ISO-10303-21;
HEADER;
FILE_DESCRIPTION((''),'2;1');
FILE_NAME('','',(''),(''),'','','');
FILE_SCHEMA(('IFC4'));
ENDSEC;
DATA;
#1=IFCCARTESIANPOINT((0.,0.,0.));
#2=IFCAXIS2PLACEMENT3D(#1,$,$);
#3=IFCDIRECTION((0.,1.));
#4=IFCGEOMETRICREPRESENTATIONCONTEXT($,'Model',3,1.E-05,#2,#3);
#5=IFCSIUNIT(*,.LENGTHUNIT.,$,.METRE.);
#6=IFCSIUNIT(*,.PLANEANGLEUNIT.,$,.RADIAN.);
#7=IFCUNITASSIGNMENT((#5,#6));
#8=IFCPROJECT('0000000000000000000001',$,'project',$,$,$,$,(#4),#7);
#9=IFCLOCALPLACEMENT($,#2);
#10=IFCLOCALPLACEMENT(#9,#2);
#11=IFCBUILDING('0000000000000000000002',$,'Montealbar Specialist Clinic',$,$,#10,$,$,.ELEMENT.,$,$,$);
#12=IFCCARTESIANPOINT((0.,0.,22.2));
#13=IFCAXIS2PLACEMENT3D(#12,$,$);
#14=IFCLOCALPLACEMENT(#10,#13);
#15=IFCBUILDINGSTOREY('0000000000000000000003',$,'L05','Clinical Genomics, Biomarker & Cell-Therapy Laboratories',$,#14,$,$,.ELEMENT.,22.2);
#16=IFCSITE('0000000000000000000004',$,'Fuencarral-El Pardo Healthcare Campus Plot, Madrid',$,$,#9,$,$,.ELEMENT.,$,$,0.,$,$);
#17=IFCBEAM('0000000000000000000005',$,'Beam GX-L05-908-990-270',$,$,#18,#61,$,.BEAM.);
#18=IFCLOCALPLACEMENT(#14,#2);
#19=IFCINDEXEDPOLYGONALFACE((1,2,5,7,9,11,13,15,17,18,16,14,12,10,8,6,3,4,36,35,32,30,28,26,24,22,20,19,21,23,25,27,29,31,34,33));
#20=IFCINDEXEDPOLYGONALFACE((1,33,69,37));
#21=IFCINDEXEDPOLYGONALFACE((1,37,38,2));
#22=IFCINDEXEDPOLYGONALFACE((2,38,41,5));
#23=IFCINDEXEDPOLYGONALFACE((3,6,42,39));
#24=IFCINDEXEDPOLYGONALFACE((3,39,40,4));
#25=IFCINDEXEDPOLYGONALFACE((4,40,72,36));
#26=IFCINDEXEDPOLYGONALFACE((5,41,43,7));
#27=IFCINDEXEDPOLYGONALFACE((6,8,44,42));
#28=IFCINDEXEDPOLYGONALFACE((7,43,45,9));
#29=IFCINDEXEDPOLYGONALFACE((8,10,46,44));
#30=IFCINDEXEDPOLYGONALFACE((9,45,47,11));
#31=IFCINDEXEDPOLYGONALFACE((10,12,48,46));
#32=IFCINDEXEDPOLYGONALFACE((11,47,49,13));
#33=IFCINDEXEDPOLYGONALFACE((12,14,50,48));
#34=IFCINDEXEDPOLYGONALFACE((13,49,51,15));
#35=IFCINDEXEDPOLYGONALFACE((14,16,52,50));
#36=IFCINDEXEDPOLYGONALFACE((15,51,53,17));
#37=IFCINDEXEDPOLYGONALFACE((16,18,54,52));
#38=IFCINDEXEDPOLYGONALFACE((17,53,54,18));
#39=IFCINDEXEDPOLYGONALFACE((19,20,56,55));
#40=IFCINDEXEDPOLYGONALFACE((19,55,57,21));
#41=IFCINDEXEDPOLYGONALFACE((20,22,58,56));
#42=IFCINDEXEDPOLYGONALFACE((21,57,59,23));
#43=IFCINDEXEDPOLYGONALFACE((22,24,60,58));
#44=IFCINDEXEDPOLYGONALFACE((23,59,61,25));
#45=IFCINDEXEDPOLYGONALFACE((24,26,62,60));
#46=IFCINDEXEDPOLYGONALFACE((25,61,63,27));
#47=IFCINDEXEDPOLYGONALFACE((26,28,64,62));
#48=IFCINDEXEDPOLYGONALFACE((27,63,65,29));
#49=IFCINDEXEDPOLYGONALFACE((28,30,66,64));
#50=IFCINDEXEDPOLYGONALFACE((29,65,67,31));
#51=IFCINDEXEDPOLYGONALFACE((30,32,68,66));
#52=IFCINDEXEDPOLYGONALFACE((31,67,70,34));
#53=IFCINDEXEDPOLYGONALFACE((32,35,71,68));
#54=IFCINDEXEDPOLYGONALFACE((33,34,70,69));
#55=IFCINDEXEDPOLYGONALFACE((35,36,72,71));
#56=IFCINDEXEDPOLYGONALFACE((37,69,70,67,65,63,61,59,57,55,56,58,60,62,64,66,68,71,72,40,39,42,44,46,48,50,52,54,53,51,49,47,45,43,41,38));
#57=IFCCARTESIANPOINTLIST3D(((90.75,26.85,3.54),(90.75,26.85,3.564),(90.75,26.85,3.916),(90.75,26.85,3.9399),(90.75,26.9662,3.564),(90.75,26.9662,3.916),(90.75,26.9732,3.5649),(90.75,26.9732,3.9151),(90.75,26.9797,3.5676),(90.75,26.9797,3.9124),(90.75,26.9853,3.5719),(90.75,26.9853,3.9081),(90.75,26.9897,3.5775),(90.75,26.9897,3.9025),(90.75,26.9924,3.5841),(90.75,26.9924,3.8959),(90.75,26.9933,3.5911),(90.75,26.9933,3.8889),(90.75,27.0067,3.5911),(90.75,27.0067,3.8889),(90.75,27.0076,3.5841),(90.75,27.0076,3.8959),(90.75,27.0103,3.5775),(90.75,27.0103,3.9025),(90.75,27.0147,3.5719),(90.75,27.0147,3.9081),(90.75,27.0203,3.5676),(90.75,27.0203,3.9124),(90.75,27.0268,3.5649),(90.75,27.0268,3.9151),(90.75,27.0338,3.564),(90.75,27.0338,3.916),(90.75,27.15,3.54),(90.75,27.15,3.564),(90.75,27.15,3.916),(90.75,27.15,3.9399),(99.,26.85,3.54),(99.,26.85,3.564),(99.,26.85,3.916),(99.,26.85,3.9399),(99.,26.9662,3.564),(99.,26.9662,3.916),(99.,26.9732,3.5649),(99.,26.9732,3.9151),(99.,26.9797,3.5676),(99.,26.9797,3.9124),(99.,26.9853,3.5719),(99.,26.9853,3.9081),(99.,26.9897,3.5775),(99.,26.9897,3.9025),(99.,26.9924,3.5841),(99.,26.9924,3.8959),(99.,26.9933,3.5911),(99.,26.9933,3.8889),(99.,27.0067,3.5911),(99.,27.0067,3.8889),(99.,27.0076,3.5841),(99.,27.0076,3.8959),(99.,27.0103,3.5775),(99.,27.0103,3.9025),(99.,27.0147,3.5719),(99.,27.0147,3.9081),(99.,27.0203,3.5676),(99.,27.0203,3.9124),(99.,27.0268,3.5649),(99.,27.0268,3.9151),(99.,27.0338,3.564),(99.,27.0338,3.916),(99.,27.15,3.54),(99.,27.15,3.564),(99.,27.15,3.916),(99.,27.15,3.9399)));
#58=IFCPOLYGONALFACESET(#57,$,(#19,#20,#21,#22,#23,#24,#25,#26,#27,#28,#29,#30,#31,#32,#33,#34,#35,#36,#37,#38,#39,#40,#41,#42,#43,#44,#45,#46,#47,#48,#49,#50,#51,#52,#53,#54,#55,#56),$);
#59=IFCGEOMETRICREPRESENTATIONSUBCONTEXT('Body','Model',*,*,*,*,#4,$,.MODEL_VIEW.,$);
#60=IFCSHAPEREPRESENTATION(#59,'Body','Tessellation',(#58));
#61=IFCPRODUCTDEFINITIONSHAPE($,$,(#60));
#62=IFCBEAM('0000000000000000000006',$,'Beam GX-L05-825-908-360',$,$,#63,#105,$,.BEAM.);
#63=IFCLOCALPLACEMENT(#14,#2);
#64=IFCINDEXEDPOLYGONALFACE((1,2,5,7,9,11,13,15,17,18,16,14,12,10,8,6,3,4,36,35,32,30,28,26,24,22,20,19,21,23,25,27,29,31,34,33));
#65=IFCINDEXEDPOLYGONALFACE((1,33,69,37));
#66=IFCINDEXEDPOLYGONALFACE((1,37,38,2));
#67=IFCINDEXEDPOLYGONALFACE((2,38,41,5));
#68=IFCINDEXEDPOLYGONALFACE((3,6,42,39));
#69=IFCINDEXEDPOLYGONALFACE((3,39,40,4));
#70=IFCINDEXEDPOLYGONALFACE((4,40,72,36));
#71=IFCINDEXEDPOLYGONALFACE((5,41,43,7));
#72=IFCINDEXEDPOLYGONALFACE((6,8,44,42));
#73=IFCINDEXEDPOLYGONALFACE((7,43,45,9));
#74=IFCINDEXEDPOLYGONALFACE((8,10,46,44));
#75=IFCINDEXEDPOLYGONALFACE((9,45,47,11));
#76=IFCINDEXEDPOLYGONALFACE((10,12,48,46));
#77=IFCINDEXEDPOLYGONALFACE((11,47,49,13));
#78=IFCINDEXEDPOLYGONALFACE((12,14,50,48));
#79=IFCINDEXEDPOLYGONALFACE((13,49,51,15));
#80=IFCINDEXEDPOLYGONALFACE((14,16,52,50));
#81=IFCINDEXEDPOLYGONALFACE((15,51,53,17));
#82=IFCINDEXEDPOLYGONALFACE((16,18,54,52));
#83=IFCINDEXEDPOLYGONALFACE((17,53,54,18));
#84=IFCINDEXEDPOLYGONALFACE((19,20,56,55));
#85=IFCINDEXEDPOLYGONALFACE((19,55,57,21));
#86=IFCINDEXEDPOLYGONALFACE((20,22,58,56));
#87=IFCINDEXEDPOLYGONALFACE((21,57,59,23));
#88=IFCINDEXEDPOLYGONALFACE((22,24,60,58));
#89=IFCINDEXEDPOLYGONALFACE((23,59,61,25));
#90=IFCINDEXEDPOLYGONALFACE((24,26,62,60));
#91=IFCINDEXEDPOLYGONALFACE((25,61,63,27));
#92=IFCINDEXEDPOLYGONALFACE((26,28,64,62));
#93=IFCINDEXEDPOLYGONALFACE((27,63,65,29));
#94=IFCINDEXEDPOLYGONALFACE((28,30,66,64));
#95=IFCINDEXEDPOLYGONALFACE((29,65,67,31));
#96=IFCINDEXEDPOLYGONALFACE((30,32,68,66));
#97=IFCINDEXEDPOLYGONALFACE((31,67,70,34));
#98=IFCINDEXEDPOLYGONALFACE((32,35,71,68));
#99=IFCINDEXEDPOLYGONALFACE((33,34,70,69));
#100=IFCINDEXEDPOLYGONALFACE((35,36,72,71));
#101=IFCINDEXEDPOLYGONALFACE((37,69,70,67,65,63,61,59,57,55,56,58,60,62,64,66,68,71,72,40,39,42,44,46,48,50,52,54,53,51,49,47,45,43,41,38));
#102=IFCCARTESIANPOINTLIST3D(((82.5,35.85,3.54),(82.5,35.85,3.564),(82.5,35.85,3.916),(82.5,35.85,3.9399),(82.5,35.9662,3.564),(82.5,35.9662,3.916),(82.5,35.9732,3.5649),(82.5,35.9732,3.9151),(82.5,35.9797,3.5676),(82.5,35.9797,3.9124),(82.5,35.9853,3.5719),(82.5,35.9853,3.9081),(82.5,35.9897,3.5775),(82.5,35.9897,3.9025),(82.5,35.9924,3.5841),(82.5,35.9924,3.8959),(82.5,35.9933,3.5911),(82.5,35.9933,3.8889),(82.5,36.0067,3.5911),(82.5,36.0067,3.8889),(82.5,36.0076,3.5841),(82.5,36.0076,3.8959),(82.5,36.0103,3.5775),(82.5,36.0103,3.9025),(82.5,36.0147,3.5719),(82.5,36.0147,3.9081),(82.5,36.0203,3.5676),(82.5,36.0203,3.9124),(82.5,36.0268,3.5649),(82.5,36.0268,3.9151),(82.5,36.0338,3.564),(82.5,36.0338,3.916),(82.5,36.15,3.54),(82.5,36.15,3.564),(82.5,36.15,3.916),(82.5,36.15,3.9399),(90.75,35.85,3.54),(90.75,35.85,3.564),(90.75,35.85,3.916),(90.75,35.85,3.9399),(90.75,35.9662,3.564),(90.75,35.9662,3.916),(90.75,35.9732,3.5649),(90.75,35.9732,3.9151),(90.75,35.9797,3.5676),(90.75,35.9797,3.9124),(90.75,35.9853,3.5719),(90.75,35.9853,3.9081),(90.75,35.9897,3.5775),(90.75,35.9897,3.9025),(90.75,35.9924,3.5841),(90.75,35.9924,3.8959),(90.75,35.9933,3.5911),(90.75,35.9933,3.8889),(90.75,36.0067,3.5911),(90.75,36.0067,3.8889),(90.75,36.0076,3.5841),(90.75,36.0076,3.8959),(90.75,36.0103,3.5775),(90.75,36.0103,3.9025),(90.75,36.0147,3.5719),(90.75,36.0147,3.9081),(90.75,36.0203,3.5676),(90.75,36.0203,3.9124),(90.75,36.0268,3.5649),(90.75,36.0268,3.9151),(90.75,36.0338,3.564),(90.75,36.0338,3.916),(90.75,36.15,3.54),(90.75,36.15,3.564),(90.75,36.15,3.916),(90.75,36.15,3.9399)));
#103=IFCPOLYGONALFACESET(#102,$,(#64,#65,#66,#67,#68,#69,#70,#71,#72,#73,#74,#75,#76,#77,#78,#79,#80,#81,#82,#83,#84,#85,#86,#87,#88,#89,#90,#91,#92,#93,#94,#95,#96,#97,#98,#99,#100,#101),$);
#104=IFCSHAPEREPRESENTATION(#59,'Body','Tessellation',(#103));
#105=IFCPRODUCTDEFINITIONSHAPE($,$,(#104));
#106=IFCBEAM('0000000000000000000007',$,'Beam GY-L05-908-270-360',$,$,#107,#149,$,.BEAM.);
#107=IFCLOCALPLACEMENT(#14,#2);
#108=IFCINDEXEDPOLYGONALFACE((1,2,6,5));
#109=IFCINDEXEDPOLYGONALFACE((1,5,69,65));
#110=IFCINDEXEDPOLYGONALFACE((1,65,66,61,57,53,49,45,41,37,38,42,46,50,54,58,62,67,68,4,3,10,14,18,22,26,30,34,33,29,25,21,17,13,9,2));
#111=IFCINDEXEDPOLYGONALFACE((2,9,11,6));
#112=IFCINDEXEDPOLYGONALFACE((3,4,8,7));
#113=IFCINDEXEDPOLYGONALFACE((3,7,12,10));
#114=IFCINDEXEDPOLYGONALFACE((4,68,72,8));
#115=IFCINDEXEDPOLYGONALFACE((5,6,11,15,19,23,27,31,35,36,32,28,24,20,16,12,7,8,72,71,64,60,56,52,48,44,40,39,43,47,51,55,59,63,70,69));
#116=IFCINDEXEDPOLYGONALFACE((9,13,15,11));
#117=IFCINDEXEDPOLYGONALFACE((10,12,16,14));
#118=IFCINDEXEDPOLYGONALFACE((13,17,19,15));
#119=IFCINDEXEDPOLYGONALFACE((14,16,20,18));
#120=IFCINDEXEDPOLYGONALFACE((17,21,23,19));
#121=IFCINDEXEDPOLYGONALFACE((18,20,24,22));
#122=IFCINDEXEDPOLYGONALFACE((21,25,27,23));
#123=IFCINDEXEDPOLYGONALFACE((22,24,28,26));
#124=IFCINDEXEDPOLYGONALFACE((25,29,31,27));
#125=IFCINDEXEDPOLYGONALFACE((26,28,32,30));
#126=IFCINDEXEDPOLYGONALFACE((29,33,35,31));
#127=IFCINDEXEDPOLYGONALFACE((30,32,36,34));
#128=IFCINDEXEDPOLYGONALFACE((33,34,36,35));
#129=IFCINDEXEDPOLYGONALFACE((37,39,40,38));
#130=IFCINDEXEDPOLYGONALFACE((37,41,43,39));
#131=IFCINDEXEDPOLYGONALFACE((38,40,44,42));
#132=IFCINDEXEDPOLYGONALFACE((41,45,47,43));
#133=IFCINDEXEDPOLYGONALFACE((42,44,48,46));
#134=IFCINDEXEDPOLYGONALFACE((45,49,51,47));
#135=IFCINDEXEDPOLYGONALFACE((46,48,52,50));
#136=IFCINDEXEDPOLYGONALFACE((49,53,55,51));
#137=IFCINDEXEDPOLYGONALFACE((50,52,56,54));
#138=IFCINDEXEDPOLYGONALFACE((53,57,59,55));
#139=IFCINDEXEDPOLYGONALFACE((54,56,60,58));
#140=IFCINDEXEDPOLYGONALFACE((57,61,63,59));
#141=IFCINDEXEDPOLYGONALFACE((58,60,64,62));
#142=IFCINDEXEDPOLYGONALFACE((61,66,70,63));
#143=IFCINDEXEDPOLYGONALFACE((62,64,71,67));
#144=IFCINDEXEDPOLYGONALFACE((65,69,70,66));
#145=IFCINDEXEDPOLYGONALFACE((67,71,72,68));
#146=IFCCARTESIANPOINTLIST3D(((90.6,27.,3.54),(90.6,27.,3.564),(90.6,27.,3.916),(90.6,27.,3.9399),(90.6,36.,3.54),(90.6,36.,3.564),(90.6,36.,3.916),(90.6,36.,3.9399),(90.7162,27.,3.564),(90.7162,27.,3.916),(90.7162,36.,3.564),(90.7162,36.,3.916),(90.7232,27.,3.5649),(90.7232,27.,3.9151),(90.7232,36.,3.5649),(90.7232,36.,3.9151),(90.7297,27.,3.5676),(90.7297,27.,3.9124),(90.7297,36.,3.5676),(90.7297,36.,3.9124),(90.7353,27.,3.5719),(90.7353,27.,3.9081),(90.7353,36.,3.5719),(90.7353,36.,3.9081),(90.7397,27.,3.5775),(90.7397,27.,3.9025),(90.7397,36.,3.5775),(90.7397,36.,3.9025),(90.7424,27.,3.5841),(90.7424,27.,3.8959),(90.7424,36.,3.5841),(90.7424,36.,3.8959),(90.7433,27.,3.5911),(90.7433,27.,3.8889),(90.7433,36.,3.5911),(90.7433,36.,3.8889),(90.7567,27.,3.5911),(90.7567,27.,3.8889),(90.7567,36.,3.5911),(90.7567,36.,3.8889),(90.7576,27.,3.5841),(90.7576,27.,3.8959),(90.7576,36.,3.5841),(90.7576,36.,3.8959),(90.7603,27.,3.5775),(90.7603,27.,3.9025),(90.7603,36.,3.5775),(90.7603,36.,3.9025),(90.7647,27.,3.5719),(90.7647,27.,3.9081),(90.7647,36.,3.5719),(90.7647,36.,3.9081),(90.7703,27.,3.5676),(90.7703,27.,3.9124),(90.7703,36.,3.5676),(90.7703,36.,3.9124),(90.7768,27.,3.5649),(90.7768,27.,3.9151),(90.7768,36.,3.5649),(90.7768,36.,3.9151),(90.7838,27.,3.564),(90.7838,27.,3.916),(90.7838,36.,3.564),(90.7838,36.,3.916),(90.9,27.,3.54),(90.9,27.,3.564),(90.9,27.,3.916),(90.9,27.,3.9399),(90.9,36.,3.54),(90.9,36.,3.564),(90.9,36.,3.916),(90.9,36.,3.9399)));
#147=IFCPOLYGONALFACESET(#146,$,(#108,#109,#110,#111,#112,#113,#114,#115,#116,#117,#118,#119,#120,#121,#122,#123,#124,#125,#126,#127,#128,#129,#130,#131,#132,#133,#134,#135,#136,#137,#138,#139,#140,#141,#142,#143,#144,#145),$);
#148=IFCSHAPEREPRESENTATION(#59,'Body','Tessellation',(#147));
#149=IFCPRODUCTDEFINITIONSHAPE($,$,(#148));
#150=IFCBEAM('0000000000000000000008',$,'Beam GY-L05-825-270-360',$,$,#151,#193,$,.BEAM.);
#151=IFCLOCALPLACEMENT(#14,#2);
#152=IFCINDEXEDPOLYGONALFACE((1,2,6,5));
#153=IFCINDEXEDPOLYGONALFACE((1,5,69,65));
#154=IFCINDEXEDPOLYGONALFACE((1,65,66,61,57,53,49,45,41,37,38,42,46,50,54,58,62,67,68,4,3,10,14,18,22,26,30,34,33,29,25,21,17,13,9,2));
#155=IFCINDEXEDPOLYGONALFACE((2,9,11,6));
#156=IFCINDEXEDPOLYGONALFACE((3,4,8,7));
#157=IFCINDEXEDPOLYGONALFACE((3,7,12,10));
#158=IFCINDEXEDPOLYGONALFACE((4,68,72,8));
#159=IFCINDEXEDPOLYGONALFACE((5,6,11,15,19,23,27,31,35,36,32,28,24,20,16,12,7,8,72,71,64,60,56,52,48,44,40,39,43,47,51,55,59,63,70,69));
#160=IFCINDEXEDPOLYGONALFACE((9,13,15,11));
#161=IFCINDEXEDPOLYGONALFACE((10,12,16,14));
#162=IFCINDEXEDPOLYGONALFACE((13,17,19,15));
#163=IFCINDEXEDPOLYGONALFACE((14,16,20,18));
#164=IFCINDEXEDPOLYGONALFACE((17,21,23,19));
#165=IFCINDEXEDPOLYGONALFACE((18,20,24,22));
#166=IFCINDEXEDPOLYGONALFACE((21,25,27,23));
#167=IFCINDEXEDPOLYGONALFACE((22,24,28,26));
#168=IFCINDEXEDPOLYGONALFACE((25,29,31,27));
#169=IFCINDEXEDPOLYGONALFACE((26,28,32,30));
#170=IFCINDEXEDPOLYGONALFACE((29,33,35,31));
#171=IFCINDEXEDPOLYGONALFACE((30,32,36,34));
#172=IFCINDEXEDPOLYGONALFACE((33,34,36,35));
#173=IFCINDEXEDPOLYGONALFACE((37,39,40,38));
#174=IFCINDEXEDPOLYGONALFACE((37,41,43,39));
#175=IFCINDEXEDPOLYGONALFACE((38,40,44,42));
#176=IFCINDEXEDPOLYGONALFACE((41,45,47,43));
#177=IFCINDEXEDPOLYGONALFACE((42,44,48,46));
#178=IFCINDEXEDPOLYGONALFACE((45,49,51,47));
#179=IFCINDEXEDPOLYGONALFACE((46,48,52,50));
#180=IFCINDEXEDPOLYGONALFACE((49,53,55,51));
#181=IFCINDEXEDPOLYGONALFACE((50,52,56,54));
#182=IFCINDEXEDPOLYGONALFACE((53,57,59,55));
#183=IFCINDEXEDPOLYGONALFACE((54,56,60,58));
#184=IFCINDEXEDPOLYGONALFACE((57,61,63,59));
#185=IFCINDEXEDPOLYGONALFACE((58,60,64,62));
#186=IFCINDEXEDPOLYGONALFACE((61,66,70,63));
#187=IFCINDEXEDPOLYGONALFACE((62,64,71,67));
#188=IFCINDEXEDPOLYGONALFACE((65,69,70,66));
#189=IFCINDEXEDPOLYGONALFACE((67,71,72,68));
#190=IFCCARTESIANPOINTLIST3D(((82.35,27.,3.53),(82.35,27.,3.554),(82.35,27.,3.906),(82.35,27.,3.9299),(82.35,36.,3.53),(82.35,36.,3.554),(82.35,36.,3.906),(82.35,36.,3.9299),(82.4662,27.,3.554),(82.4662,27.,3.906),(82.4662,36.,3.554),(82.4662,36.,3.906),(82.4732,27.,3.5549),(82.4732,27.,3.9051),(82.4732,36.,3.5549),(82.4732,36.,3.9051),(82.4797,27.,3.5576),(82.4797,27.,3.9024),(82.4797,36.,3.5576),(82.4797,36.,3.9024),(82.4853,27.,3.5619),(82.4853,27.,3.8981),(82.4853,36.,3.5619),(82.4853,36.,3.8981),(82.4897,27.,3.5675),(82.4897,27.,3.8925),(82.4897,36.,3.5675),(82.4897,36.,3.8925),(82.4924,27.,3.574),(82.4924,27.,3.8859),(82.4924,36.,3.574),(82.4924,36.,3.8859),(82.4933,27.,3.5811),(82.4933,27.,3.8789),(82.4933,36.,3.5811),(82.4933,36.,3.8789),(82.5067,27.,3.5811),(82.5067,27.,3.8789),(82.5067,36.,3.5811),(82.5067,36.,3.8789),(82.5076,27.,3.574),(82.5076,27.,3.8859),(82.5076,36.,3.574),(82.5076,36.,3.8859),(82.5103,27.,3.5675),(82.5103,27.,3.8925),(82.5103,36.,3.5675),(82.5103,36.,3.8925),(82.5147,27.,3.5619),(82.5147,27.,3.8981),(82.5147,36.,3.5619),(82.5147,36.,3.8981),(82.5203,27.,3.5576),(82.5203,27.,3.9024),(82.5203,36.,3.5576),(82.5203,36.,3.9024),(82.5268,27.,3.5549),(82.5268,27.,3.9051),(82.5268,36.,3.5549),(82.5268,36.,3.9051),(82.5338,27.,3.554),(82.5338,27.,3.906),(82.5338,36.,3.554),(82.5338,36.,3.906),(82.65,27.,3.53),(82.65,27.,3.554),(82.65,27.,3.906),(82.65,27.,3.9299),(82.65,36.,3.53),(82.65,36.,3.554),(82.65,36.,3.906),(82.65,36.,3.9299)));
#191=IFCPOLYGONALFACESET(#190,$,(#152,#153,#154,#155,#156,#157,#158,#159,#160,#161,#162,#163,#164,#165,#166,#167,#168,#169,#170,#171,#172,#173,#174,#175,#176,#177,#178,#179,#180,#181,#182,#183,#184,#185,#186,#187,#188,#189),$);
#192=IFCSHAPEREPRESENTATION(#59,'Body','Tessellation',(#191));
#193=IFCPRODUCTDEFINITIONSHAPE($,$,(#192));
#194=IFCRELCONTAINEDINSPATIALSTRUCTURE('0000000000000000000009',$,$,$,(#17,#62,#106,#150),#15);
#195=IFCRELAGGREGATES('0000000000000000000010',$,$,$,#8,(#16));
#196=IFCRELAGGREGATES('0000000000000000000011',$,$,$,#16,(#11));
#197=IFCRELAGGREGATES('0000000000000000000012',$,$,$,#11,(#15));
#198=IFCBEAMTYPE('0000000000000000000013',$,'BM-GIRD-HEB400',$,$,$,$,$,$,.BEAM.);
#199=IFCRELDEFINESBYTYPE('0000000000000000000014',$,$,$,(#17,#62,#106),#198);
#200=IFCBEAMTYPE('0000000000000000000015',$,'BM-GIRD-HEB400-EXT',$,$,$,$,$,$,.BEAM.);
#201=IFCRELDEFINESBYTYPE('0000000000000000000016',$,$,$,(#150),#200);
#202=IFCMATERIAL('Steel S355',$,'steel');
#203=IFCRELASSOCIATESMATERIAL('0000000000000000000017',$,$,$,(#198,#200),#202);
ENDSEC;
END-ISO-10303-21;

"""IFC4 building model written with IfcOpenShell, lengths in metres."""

from ifc_helpers import new_model, si_unit, direction, frame, origin, origin_2d, place, context, subcontext, project, spatial, i_section, extrude, material, material_profile, profile_set, type_object, element, save


model = new_model("IFC4")

# Units and contexts
model_context = context("Model", 3, precision=1e-05, world=origin(), true_north=direction((0.0, 1.0)))
body_context = subcontext(model_context, "Body", "Model", "MODEL_VIEW")
ifc_project = project(units=[si_unit("LENGTHUNIT", "METRE"), si_unit("PLANEANGLEUNIT", "RADIAN")], contexts=[model_context])

# Site, building, storey
site_placement = place(None, origin())
site = spatial("IfcSite", under=ifc_project, at=site_placement, Name="Fuencarral-El Pardo Healthcare Campus Plot, Madrid", CompositionType="ELEMENT", RefElevation=0.0)
building_placement = place(site_placement, origin())
building = spatial("IfcBuilding", under=site, at=building_placement, Name="Montealbar Specialist Clinic", CompositionType="ELEMENT")
storey_placement = place(building_placement, frame((0.0, 0.0, 22.2)))
storey = spatial("IfcBuildingStorey", under=building, at=storey_placement, Name="L05", Description="Clinical Genomics, Biomarker & Cell-Therapy Laboratories", CompositionType="ELEMENT", Elevation=22.2)

# Shared definitions
ifc_material_1 = material(Name="Steel S355", Category="steel")

# Beams
ifc_material_profile_1 = material_profile(ifc_material_1, i_section(OverallWidth=0.3, OverallDepth=0.3999, WebThickness=0.0134, FlangeThickness=0.0239, FilletRadius=0.0271, at=origin_2d()), Name="HEB 400", Category="steel")
ifc_profile_set_1 = profile_set([ifc_material_profile_1], Name="Steel S355")
beam_type_1 = type_object("IfcBeamType", Name="BM-GIRD-HEB400", PredefinedType="BEAM", material=ifc_profile_set_1)
for number, where, z_axis, x_axis, name in (
    (1, (90.75, 27.0, 3.74), (1.0, 0.0, 0.0), (0.0, 1.0, 0.0), "Beam GX-L05-908-990-270"),
    (2, (82.5, 36.0, 3.74), (1.0, 0.0, 0.0), (0.0, 1.0, 0.0), "Beam GX-L05-825-908-360"),
):
    element("IfcBeam", number, at=place(storey_placement, frame(where, z_axis=z_axis, x_axis=x_axis)), inside=storey, type_object=beam_type_1, Name=name, PredefinedType="BEAM", context=body_context, shape_type="SweptSolid", body=[
        extrude(i_section(OverallWidth=0.3, OverallDepth=0.3999, WebThickness=0.0134, FlangeThickness=0.0239, FilletRadius=0.0271, at=origin_2d()), origin(), (0.0, 0.0, 1.0), 8.25),
    ])
beam_1_placement = place(storey_placement, frame((90.75, 27.0, 3.74), z_axis=(0.0, 1.0, 0.0), x_axis=(-1.0, 0.0, 0.0)))
element("IfcBeam", 3, at=beam_1_placement, inside=storey, type_object=beam_type_1, Name="Beam GY-L05-908-270-360", PredefinedType="BEAM", context=body_context, shape_type="SweptSolid", body=[
    extrude(i_section(OverallWidth=0.3, OverallDepth=0.3999, WebThickness=0.0134, FlangeThickness=0.0239, FilletRadius=0.0271, at=origin_2d()), origin(), (0.0, 0.0, 1.0), 9.0),
])
ifc_material_profile_2 = material_profile(ifc_material_1, i_section(OverallWidth=0.3, OverallDepth=0.3999, WebThickness=0.0134, FlangeThickness=0.0239, FilletRadius=0.0271, at=origin_2d()), Name="HEB 400", Category="steel")
ifc_profile_set_2 = profile_set([ifc_material_profile_2], Name="Steel S355")
beam_type_2 = type_object("IfcBeamType", Name="BM-GIRD-HEB400-EXT", PredefinedType="BEAM", material=ifc_profile_set_2)
beam_2_placement = place(storey_placement, frame((82.5, 27.0, 3.73), z_axis=(0.0, 1.0, 0.0), x_axis=(-1.0, 0.0, 0.0)))
element("IfcBeam", 4, at=beam_2_placement, inside=storey, type_object=beam_type_2, Name="Beam GY-L05-825-270-360", PredefinedType="BEAM", context=body_context, shape_type="SweptSolid", body=[
    extrude(i_section(OverallWidth=0.3, OverallDepth=0.3999, WebThickness=0.0134, FlangeThickness=0.0239, FilletRadius=0.0271, at=origin_2d()), origin(), (0.0, 0.0, 1.0), 9.0),
])

save(model, "model.ifc")
